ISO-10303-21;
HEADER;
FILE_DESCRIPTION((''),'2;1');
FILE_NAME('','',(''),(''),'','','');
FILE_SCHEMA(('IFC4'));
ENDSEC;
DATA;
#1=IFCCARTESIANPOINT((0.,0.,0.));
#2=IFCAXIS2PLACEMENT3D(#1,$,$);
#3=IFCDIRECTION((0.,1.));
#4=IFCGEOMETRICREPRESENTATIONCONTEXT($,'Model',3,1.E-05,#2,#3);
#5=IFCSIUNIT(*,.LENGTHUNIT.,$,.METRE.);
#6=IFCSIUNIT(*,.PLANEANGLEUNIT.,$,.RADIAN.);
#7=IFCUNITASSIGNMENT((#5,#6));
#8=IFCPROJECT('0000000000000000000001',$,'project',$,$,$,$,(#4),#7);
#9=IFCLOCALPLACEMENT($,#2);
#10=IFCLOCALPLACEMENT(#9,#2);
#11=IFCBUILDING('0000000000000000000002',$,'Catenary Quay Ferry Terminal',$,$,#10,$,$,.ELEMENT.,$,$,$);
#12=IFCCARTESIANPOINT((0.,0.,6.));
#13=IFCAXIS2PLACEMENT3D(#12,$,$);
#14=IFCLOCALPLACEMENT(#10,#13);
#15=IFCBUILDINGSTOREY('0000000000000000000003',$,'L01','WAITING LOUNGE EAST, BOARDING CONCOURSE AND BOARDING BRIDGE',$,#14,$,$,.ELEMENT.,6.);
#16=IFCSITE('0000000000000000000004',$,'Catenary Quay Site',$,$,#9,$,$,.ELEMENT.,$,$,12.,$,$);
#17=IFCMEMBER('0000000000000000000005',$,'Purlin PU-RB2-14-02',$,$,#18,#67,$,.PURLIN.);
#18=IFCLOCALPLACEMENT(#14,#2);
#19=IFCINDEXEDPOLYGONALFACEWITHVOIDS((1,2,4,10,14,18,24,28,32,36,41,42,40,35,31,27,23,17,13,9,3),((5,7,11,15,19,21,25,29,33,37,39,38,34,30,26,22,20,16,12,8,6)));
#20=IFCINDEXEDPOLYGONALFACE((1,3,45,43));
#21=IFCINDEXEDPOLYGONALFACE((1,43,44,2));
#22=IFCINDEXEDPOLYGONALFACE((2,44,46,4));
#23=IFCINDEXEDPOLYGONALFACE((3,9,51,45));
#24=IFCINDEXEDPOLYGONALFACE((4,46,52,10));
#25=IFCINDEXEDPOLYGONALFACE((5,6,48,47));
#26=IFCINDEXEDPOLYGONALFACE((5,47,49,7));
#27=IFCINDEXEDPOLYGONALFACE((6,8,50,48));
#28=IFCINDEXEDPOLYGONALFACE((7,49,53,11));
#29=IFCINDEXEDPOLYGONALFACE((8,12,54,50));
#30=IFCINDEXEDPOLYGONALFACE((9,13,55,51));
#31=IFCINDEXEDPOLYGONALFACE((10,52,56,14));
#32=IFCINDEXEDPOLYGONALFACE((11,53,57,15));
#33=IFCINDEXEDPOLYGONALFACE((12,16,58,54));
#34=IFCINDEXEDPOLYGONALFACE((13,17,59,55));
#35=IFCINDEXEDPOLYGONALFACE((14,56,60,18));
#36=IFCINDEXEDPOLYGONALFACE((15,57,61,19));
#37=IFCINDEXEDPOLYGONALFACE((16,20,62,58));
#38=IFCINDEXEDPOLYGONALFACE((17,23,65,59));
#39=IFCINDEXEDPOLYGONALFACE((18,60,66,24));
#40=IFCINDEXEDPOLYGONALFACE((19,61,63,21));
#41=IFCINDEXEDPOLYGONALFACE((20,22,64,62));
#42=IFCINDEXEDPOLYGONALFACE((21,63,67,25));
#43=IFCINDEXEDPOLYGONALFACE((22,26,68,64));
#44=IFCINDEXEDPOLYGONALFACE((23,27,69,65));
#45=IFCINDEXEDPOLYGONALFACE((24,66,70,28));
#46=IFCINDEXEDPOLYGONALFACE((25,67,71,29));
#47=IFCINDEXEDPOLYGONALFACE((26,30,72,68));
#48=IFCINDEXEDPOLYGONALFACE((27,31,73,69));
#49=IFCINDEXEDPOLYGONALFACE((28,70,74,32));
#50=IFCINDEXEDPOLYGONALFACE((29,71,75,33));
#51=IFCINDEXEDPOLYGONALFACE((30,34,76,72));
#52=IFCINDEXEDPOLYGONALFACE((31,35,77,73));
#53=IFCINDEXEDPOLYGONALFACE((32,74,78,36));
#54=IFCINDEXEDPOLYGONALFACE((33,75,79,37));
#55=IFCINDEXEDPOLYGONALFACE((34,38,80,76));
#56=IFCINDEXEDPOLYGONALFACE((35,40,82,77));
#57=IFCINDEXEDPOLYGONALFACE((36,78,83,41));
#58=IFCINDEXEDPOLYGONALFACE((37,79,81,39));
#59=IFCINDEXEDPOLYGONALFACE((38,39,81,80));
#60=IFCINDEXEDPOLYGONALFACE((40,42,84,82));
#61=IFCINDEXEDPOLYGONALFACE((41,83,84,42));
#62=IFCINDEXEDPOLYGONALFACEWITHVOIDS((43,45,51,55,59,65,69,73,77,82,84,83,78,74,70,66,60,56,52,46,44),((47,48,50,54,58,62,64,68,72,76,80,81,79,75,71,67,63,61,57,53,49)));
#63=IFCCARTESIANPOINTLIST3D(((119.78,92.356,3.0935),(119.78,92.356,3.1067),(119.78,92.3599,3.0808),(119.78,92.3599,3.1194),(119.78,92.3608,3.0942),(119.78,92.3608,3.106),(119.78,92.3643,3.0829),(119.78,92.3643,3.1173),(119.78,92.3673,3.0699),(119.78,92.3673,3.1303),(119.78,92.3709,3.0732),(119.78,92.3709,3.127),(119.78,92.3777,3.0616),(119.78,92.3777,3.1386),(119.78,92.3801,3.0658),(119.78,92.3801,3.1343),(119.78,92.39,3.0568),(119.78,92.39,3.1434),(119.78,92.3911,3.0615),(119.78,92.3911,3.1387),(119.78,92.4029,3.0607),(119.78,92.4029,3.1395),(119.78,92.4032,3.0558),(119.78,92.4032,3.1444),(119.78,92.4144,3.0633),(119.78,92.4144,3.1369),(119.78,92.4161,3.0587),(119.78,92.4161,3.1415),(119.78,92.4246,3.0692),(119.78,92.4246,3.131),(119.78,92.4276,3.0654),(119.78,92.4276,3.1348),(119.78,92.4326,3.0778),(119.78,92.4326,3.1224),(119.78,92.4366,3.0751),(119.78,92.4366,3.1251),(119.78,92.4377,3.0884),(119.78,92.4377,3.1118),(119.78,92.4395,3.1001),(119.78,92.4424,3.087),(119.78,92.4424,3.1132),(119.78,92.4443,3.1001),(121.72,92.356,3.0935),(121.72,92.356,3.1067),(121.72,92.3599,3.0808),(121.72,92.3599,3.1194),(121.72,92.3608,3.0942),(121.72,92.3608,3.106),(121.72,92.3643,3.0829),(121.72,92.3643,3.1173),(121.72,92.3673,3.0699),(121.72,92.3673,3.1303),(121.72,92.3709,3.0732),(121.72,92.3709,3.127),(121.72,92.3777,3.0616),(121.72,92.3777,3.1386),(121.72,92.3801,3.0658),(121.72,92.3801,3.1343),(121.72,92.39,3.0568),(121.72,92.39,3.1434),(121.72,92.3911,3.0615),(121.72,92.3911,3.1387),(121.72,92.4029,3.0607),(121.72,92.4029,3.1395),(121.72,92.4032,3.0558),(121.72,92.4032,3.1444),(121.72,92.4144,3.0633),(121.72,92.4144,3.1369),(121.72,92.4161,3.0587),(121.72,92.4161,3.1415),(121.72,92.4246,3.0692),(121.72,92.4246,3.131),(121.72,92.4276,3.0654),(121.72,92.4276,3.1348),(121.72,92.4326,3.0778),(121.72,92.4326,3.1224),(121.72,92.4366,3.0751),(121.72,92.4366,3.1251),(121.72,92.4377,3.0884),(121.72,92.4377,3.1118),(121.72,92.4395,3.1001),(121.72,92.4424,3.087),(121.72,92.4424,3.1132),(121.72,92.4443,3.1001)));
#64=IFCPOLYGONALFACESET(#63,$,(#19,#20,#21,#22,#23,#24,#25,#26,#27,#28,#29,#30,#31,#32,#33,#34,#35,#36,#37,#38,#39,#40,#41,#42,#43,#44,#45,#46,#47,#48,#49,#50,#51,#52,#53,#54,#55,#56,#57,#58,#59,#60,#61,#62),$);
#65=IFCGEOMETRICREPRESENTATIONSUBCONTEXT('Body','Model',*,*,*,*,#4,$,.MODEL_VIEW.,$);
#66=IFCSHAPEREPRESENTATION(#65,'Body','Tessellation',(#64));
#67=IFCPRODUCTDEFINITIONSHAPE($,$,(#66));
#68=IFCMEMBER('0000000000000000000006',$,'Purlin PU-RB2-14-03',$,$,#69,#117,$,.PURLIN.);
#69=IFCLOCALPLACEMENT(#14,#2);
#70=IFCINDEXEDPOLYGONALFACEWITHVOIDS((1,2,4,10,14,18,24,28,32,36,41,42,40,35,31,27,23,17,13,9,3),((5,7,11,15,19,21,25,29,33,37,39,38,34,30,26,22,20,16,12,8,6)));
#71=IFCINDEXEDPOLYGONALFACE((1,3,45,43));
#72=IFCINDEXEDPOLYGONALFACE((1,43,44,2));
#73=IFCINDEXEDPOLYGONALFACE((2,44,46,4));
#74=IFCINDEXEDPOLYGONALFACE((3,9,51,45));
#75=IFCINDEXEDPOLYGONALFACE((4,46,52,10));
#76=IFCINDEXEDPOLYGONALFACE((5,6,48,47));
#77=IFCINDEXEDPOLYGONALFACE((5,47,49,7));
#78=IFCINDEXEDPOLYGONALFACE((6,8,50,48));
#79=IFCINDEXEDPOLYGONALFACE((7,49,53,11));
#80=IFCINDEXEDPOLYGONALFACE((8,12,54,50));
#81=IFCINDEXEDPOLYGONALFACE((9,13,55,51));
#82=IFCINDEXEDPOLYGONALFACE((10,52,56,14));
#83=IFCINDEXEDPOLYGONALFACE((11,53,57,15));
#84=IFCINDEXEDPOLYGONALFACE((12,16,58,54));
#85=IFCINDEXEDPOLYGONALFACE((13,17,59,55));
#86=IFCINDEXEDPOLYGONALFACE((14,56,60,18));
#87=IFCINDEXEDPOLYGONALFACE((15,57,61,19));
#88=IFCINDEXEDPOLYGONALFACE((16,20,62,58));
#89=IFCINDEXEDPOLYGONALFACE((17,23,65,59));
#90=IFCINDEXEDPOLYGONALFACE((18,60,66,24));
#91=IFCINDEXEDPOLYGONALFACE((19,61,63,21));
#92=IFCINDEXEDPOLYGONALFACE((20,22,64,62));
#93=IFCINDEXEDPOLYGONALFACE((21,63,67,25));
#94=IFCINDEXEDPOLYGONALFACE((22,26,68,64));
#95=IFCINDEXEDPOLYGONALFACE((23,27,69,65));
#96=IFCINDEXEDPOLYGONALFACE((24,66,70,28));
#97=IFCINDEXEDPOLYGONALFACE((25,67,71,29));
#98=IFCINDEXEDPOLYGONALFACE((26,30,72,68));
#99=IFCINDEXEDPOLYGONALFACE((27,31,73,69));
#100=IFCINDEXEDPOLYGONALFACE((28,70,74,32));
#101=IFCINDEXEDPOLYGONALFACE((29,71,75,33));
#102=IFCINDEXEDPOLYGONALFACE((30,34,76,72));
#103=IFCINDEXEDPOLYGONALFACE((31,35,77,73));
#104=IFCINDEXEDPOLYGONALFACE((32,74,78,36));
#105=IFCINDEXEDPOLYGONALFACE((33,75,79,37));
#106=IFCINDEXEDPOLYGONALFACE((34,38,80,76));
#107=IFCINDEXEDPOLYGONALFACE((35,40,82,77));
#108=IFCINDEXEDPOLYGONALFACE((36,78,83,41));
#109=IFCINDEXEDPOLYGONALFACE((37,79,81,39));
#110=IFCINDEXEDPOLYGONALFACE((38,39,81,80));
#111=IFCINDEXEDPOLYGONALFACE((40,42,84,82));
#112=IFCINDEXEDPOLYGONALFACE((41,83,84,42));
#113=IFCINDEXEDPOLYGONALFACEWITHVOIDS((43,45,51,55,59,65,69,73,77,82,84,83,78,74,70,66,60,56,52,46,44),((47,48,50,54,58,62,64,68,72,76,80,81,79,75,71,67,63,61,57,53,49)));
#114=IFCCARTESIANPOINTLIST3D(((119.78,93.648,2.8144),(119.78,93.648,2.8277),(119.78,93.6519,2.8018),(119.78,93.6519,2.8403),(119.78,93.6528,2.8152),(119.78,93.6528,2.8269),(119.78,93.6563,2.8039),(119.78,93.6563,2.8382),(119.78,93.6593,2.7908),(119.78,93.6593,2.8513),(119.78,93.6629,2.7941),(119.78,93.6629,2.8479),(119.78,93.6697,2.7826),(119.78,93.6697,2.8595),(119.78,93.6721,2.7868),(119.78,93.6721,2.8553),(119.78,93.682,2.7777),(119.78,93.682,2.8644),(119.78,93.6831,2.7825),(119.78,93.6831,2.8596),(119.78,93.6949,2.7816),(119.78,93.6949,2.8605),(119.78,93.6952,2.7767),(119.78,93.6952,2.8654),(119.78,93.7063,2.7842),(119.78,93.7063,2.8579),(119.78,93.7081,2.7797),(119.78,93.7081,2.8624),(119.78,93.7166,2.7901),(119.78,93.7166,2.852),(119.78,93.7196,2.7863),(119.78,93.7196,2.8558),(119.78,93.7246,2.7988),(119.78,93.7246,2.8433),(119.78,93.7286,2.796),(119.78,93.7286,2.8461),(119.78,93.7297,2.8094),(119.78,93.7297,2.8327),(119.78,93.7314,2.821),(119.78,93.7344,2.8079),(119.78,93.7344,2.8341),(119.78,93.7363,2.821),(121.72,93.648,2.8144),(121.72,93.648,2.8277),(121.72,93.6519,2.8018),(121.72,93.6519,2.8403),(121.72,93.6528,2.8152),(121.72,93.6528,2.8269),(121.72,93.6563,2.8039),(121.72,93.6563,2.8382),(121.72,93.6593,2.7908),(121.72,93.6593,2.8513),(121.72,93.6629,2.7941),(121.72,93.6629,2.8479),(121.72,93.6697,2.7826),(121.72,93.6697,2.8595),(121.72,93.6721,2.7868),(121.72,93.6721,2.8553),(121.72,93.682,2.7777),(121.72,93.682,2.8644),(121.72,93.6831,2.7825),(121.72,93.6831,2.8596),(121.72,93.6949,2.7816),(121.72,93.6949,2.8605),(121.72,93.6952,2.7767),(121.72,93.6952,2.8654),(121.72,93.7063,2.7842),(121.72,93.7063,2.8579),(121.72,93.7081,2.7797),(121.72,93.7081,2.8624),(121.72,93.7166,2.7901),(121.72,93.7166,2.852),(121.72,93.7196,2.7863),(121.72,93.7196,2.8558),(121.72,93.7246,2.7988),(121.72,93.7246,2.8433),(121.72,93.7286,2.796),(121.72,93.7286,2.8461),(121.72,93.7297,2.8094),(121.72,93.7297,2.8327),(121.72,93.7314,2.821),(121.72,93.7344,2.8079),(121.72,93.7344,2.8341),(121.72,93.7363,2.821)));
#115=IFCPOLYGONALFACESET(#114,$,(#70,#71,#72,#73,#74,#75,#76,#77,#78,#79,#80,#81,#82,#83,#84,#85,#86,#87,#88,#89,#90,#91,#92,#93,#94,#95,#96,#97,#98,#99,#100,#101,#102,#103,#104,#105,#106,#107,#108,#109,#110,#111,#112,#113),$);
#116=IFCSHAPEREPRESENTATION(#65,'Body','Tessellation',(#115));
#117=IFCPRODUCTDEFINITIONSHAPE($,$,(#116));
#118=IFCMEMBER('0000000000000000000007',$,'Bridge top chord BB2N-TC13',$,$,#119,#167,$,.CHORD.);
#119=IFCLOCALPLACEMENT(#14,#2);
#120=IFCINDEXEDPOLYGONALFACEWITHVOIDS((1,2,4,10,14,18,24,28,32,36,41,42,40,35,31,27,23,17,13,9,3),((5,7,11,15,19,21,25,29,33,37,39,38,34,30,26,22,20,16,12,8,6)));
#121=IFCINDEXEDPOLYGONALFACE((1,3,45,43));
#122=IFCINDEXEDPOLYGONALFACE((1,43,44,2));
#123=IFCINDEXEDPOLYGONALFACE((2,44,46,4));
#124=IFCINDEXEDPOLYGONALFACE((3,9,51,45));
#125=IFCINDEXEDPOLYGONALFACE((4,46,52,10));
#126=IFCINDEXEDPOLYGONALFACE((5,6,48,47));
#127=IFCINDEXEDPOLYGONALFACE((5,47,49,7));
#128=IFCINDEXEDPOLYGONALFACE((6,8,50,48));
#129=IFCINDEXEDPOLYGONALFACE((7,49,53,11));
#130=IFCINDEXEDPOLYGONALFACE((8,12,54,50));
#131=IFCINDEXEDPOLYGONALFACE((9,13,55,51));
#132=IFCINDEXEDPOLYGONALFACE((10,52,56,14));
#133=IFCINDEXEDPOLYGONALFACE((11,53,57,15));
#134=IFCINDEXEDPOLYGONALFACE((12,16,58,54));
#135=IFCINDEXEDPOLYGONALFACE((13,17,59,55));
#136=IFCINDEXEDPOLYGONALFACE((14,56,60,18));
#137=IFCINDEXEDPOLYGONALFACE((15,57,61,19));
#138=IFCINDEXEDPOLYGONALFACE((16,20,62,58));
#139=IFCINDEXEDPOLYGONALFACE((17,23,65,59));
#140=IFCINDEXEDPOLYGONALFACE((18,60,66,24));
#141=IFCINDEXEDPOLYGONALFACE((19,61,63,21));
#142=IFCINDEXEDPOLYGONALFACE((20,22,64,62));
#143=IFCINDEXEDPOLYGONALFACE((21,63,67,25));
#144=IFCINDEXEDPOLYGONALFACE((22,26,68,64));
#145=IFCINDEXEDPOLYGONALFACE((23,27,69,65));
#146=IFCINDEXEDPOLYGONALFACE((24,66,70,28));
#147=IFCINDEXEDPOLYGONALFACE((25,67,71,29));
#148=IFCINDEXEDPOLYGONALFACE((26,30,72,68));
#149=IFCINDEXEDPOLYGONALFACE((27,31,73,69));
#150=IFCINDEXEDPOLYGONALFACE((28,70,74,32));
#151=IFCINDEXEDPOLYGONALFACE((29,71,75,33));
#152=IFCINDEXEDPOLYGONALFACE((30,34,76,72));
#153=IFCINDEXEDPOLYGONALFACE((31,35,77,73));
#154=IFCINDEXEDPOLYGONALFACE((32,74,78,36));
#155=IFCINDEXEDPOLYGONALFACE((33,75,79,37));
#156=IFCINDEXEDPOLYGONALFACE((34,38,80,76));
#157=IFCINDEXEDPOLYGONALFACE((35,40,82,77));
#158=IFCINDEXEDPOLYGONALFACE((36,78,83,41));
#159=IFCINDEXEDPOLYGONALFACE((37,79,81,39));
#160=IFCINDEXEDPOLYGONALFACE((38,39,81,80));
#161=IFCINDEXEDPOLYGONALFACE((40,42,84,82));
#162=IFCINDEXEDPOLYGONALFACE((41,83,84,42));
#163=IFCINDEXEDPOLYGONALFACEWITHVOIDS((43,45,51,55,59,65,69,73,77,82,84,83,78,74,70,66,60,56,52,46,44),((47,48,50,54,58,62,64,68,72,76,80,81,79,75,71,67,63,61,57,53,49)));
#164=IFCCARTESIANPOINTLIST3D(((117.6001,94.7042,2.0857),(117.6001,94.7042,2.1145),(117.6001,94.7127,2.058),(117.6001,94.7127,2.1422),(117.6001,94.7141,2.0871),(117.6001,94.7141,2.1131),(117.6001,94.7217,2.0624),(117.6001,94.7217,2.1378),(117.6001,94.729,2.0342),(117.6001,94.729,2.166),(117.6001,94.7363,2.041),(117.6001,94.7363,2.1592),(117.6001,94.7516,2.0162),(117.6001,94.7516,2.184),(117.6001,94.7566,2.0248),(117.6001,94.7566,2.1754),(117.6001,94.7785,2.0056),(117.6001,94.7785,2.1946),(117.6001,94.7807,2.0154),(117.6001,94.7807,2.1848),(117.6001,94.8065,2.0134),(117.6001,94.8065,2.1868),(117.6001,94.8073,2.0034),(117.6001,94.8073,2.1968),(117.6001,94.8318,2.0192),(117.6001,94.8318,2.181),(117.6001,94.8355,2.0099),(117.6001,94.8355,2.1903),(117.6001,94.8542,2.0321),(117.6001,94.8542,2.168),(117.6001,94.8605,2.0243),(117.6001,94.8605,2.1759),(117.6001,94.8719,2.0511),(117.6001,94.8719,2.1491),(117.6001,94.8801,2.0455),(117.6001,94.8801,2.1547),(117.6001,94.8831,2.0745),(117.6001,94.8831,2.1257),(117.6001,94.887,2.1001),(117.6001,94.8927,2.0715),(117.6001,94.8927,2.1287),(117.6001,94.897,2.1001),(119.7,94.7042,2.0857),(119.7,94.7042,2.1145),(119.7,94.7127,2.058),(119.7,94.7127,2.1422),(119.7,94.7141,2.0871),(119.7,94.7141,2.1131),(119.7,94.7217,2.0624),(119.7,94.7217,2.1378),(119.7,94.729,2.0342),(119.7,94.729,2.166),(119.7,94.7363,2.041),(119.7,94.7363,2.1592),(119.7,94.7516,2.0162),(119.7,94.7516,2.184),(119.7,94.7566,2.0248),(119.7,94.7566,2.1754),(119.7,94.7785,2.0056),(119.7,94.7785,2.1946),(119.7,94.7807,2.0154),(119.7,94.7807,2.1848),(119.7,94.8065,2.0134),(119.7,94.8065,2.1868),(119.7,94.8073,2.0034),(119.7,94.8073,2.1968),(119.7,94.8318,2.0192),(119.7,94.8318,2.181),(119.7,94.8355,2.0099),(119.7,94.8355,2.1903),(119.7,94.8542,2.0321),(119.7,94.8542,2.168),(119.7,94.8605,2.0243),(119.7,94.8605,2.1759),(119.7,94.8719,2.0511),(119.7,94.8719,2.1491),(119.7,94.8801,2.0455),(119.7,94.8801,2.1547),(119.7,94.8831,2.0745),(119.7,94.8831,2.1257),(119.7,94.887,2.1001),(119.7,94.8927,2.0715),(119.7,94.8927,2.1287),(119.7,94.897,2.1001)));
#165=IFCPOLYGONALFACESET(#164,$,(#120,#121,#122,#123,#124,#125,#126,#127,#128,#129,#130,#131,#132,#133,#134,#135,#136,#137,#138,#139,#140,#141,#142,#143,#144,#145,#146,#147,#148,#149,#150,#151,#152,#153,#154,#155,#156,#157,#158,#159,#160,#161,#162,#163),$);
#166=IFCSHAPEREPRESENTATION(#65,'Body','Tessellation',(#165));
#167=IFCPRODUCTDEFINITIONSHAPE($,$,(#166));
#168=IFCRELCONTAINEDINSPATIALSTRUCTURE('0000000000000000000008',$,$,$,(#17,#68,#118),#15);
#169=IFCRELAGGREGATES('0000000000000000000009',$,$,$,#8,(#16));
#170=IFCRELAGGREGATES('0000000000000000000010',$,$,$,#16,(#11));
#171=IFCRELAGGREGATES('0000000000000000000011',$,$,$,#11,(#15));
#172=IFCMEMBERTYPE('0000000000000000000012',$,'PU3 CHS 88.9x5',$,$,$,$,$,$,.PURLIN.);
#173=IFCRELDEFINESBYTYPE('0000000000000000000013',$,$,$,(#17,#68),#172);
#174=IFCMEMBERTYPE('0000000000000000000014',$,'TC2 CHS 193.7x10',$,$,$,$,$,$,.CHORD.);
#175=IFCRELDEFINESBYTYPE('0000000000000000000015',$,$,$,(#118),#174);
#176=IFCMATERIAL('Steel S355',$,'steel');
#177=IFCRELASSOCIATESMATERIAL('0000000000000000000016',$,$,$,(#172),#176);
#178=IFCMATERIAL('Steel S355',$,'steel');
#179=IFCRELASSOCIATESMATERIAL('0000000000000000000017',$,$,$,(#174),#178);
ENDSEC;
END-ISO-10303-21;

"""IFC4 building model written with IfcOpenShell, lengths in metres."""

from ifc_helpers import new_model, si_unit, direction, frame, origin, origin_2d, place, context, subcontext, project, spatial, hollow_circle, extrude, material, material_profile, profile_set, type_object, element, save


model = new_model("IFC4")

# Units and contexts
model_context = context("Model", 3, precision=1e-05, world=origin(), true_north=direction((0.0, 1.0)))
body_context = subcontext(model_context, "Body", "Model", "MODEL_VIEW")
ifc_project = project(units=[si_unit("LENGTHUNIT", "METRE"), si_unit("PLANEANGLEUNIT", "RADIAN")], contexts=[model_context])

# Site, building, storey
site_placement = place(None, origin())
site = spatial("IfcSite", under=ifc_project, at=site_placement, Name="Catenary Quay Site", CompositionType="ELEMENT", RefElevation=12.0)
building_placement = place(site_placement, origin())
building = spatial("IfcBuilding", under=site, at=building_placement, Name="Catenary Quay Ferry Terminal", CompositionType="ELEMENT")
storey_placement = place(building_placement, frame((0.0, 0.0, 6.0)))
storey = spatial("IfcBuildingStorey", under=building, at=storey_placement, Name="L01", Description="WAITING LOUNGE EAST, BOARDING CONCOURSE AND BOARDING BRIDGE", CompositionType="ELEMENT", Elevation=6.0)

# Members
ifc_material_1 = material(Name="Steel S355", Category="steel")
ifc_material_profile_1 = material_profile(ifc_material_1, hollow_circle(Radius=0.0444, WallThickness=0.0049, at=origin_2d()), Name="CHS 88.9x5")
ifc_profile_set_1 = profile_set([ifc_material_profile_1], Name="Steel S355")
member_type_1 = type_object("IfcMemberType", Name="PU3 CHS 88.9x5", PredefinedType="PURLIN", material=ifc_profile_set_1)
for number, where, z_axis, x_axis, name in (
    (1, (119.78, 92.3999, 3.1001), (1.0, 0.0, 0.0), (0.0, 1.0, 0.0), "Purlin PU-RB2-14-02"),
    (2, (119.78, 93.6919, 2.821), (1.0, 0.0, 0.0), (0.0, 1.0, 0.0), "Purlin PU-RB2-14-03"),
):
    element("IfcMember", number, at=place(storey_placement, frame(where, z_axis=z_axis, x_axis=x_axis)), inside=storey, type_object=member_type_1, Name=name, PredefinedType="PURLIN", context=body_context, shape_type="SweptSolid", body=[
        extrude(hollow_circle(Radius=0.0444, WallThickness=0.0049, at=origin_2d()), origin(), (0.0, 0.0, 1.0), 1.9399),
    ])
ifc_material_2 = material(Name="Steel S355", Category="steel")
ifc_material_profile_2 = material_profile(ifc_material_2, hollow_circle(Radius=0.0969, WallThickness=0.01, at=origin_2d()), Name="CHS 193.7x10")
ifc_profile_set_2 = profile_set([ifc_material_profile_2], Name="Steel S355")
member_type_2 = type_object("IfcMemberType", Name="TC2 CHS 193.7x10", PredefinedType="CHORD", material=ifc_profile_set_2)
member_1_placement = place(storey_placement, frame((117.6001, 94.8, 2.1001), z_axis=(1.0, 0.0, 0.0), x_axis=(0.0, 1.0, 0.0)))
element("IfcMember", 3, at=member_1_placement, inside=storey, type_object=member_type_2, Name="Bridge top chord BB2N-TC13", PredefinedType="CHORD", context=body_context, shape_type="SweptSolid", body=[
    extrude(hollow_circle(Radius=0.0969, WallThickness=0.01, at=origin_2d()), origin(), (0.0, 0.0, 1.0), 2.0999),
])

save(model, "model.ifc")
